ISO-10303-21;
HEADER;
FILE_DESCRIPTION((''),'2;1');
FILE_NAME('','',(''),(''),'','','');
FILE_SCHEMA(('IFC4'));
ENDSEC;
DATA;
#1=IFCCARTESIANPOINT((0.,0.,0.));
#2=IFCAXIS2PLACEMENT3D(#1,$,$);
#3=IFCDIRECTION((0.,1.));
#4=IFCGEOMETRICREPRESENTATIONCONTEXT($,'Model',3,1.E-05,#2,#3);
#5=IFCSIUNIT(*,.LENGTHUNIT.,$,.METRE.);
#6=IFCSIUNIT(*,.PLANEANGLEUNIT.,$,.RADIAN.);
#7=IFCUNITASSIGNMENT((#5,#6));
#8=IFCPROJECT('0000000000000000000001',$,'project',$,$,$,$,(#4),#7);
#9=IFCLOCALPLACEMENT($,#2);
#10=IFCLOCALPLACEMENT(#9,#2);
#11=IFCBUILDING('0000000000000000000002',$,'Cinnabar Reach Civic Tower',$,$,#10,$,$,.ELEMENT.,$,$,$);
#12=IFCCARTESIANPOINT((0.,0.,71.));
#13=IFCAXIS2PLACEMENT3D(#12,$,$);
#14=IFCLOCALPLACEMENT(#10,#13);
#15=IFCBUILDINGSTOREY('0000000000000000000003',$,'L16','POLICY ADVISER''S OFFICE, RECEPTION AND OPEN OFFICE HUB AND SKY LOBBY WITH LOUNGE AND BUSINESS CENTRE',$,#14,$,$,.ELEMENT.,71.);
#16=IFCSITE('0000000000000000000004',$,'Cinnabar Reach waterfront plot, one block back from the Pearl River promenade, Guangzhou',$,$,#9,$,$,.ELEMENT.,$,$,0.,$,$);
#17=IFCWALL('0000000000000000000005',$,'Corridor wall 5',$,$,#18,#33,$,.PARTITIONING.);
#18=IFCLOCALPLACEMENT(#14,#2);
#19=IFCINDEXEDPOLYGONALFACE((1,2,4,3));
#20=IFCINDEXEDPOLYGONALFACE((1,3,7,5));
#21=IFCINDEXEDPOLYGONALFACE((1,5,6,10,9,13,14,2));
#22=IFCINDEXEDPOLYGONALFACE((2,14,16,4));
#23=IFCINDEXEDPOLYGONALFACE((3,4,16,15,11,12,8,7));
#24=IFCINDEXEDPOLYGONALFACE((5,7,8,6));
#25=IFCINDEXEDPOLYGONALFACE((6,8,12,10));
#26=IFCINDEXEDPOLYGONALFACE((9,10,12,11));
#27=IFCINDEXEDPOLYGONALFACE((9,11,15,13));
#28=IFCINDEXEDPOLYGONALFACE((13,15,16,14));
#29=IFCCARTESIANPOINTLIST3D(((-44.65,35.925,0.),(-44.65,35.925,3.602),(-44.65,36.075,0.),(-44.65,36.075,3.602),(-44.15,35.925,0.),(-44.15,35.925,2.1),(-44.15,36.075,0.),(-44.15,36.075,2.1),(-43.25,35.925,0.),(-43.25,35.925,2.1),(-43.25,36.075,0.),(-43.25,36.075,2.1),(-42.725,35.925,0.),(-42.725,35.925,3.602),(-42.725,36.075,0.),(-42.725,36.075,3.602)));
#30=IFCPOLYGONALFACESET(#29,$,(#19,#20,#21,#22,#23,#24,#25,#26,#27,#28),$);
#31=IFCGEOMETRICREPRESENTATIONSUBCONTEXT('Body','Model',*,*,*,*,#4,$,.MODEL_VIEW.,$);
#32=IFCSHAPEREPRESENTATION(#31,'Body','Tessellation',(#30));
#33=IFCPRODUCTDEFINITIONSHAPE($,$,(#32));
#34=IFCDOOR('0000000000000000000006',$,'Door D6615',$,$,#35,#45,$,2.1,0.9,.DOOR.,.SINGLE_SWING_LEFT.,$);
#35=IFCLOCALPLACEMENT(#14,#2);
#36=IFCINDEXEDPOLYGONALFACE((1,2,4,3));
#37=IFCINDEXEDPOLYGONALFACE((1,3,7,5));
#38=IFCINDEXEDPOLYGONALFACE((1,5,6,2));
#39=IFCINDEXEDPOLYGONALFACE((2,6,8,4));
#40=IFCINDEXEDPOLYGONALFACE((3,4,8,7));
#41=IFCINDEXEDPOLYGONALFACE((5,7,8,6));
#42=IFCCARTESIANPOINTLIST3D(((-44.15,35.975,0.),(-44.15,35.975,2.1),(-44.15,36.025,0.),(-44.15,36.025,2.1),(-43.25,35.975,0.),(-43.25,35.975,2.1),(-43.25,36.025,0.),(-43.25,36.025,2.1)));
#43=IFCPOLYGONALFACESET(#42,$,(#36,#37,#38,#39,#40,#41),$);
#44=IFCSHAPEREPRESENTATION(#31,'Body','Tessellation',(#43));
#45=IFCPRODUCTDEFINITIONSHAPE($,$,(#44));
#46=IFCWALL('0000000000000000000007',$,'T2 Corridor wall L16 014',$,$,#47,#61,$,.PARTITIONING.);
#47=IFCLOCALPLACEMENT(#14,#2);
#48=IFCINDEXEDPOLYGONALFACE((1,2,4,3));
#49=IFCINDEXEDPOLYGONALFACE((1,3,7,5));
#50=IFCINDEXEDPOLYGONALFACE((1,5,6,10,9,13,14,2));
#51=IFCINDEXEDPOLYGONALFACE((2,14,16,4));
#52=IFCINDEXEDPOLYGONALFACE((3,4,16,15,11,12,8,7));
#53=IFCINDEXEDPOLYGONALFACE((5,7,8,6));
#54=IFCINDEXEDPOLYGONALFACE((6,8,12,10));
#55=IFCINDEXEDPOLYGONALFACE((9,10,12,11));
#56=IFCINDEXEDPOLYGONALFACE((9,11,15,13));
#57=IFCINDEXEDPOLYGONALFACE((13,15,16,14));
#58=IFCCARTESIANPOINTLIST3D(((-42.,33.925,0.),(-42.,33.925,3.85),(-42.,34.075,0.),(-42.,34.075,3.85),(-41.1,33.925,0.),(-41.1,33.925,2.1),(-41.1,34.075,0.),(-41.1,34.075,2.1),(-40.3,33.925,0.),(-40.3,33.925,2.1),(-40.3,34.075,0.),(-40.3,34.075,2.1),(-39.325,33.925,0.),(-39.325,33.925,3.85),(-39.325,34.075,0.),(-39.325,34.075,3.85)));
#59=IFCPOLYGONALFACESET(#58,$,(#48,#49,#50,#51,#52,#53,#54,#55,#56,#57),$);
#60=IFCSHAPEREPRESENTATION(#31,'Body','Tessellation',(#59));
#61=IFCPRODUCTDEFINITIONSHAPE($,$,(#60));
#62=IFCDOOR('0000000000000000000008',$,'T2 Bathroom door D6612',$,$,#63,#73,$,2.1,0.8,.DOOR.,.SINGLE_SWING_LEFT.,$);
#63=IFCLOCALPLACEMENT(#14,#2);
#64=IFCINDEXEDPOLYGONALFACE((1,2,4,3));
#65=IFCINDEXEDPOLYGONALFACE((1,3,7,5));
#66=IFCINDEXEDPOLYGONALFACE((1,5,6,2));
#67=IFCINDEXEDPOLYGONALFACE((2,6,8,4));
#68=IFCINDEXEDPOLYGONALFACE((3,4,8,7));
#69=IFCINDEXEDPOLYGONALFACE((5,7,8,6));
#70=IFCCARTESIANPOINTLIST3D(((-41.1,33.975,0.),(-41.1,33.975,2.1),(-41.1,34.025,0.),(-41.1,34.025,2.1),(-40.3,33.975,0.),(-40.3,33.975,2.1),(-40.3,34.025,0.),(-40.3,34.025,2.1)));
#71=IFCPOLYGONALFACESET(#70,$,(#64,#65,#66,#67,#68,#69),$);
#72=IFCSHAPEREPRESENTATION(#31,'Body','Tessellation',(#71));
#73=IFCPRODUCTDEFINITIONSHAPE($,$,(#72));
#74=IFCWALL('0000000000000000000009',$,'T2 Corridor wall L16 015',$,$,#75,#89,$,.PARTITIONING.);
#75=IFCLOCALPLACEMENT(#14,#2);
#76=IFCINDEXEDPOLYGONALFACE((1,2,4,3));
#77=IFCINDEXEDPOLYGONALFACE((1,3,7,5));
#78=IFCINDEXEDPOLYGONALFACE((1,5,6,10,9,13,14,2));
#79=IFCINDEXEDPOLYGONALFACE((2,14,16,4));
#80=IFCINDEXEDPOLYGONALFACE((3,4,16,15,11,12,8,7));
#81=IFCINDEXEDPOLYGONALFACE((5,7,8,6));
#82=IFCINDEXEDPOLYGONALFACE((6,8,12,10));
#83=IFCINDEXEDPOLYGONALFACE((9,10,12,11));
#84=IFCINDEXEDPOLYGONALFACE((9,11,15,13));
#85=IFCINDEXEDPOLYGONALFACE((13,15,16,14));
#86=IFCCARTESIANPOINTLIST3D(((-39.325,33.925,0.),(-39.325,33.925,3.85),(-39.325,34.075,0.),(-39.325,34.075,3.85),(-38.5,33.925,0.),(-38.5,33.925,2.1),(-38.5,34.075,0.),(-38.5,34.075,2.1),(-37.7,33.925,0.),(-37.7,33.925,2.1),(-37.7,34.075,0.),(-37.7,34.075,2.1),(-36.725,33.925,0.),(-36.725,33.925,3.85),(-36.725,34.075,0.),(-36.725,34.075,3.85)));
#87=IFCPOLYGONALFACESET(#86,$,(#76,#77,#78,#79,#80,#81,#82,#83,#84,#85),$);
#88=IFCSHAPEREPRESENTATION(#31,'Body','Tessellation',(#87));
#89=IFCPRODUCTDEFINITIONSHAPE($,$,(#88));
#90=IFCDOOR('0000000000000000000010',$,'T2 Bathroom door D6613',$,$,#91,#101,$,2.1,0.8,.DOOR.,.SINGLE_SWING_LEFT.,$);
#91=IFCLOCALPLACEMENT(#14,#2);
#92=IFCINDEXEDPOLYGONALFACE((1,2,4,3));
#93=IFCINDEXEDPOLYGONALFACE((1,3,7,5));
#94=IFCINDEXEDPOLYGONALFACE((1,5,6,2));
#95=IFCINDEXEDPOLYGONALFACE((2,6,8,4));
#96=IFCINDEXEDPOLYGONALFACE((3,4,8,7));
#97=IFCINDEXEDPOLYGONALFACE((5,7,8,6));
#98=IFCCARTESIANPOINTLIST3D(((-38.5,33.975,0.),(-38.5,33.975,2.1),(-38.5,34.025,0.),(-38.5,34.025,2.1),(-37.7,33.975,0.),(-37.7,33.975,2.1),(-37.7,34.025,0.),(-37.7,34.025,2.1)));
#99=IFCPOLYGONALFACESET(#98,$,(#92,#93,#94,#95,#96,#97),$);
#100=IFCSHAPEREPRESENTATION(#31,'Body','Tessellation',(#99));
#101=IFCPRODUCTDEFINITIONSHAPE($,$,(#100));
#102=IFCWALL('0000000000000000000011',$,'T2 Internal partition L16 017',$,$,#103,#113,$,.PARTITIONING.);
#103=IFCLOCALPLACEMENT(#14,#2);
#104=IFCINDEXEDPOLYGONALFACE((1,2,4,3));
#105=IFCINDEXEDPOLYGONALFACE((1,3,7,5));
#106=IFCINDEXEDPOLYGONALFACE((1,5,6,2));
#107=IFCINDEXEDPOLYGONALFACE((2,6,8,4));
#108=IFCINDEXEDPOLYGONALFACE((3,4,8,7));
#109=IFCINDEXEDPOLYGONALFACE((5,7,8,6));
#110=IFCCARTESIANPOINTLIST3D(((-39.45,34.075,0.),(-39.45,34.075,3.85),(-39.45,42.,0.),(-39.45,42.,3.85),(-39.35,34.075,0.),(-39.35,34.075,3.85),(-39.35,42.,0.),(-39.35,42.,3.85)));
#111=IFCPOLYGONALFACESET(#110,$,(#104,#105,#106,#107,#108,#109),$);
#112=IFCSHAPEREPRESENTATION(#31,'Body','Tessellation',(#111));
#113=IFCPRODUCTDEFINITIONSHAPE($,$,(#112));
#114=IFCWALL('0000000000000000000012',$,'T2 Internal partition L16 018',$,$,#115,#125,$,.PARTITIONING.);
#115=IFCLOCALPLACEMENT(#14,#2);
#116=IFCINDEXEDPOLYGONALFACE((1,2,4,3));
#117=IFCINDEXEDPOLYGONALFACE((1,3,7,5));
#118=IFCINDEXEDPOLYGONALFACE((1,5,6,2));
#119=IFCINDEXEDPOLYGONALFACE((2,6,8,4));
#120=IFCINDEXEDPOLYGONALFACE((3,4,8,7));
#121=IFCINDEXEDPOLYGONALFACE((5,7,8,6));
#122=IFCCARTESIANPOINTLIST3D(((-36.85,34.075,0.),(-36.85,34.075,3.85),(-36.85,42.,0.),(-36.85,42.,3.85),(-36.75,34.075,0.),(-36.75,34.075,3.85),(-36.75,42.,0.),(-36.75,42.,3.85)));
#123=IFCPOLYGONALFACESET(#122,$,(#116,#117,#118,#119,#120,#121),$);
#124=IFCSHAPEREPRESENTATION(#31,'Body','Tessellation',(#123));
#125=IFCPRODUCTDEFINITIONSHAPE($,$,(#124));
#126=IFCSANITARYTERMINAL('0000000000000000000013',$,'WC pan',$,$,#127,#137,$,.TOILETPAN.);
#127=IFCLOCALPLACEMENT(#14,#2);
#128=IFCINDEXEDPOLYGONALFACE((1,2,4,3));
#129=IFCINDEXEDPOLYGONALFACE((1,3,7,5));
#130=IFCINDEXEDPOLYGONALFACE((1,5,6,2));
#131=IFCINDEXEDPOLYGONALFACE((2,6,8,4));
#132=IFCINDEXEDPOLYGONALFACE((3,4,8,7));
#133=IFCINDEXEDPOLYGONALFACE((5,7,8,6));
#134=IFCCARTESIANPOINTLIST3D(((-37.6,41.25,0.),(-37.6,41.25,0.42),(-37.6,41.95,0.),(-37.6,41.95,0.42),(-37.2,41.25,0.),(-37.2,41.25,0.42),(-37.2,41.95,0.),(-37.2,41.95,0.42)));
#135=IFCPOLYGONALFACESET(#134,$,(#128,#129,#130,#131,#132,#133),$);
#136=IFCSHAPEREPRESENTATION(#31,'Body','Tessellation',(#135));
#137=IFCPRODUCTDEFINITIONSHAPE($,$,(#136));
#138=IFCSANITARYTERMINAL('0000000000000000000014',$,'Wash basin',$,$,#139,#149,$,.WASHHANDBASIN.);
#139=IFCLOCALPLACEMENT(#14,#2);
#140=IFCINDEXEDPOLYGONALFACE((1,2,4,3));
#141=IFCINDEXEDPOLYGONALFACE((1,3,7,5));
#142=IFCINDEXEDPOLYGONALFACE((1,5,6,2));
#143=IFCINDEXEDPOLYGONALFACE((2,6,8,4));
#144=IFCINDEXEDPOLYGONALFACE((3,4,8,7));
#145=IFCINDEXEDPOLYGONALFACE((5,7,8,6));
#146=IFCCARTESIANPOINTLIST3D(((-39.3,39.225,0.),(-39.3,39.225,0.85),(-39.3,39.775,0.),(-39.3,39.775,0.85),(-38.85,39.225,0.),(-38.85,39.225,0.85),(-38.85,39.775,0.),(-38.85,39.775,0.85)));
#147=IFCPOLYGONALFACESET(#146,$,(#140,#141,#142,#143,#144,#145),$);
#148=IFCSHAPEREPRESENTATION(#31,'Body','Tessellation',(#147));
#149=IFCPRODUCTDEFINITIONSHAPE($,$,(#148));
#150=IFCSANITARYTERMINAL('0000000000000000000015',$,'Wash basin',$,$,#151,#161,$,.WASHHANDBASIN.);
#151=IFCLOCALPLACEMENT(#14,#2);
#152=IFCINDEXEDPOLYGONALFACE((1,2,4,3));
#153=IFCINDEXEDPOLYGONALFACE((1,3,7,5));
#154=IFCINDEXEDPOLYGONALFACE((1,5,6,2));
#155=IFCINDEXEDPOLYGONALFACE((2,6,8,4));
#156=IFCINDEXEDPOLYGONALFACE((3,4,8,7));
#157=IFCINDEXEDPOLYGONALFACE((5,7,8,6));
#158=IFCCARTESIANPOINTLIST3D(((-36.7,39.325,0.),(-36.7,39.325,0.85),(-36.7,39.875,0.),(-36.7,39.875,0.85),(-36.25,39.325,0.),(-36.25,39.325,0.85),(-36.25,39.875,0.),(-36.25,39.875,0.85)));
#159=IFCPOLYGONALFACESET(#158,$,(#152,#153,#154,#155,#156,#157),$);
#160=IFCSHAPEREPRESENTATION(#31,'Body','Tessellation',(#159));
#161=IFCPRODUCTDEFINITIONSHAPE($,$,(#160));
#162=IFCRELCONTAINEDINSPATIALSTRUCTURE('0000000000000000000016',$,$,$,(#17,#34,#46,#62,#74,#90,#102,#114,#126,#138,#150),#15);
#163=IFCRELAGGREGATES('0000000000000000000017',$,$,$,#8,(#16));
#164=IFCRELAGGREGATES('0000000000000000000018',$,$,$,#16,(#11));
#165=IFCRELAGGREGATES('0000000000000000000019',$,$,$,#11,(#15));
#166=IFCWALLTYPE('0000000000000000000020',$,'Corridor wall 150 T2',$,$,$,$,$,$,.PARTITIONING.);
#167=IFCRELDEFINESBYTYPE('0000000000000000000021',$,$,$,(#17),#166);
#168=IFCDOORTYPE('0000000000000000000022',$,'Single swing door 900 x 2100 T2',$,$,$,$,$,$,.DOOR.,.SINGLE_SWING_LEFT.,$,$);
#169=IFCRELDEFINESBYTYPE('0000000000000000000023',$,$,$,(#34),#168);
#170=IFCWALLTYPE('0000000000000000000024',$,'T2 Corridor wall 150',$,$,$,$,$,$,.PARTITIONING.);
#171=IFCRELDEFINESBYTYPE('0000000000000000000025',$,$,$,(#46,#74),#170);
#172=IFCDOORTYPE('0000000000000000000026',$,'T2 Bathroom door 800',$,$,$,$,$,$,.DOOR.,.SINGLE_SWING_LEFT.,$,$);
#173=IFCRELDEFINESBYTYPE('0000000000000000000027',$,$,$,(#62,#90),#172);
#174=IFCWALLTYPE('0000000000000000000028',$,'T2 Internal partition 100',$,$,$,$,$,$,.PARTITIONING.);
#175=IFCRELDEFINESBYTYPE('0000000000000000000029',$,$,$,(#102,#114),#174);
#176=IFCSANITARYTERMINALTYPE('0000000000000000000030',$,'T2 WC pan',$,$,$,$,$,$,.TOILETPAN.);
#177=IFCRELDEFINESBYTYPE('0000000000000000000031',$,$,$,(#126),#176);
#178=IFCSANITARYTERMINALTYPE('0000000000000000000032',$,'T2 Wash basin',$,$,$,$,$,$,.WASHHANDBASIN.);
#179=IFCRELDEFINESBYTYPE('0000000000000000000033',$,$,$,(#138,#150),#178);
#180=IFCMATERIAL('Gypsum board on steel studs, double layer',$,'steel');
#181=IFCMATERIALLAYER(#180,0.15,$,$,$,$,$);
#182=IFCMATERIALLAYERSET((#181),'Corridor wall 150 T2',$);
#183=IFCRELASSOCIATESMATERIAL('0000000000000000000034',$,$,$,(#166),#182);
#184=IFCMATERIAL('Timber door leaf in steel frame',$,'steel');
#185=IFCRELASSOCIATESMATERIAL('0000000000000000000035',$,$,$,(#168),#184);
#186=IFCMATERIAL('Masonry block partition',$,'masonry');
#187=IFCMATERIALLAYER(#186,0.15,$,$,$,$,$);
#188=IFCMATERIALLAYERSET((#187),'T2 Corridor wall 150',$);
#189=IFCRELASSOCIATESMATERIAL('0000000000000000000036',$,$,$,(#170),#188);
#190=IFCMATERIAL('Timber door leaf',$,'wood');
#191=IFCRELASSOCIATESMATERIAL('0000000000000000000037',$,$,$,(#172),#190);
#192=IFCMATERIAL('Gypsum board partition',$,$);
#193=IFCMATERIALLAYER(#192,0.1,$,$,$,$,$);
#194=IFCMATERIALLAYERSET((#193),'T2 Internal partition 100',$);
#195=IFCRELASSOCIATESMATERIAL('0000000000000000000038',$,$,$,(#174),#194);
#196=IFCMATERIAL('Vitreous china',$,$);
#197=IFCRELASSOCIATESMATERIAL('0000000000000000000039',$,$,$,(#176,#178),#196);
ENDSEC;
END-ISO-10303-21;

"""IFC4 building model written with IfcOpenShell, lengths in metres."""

from ifc_helpers import new_model, si_unit, direction, frame, frame_2d, origin, origin_2d, place, context, subcontext, project, spatial, rectangle, extrude, material, layer, layer_set, type_object, element, fill, save


model = new_model("IFC4")

# Units and contexts
model_context = context("Model", 3, precision=1e-05, world=origin(), true_north=direction((0.0, 1.0)))
body_context = subcontext(model_context, "Body", "Model", "MODEL_VIEW")
ifc_project = project(units=[si_unit("LENGTHUNIT", "METRE"), si_unit("PLANEANGLEUNIT", "RADIAN")], contexts=[model_context])

# Site, building, storey
site_placement = place(None, origin())
site = spatial("IfcSite", under=ifc_project, at=site_placement, Name="Cinnabar Reach waterfront plot, one block back from the Pearl River promenade, Guangzhou", CompositionType="ELEMENT", RefElevation=0.0)
building_placement = place(site_placement, origin())
building = spatial("IfcBuilding", under=site, at=building_placement, Name="Cinnabar Reach Civic Tower", CompositionType="ELEMENT")
storey_placement = place(building_placement, frame((0.0, 0.0, 71.0)))
storey = spatial("IfcBuildingStorey", under=building, at=storey_placement, Name="L16", Description="POLICY ADVISER'S OFFICE, RECEPTION AND OPEN OFFICE HUB AND SKY LOBBY WITH LOUNGE AND BUSINESS CENTRE", CompositionType="ELEMENT", Elevation=71.0)

# Walls, openings, doors
ifc_material_1 = material(Name="Gypsum board on steel studs, double layer", Category="steel")
ifc_layer_1 = layer(ifc_material_1, 0.15)
ifc_layer_set_1 = layer_set([ifc_layer_1], Name="Corridor wall 150 T2")
wall_type_1 = type_object("IfcWallType", Name="Corridor wall 150 T2", PredefinedType="PARTITIONING", material=ifc_layer_set_1)
wall_1_placement = place(storey_placement, frame((-44.65, 36.0, 0.0), z_axis=(0.0, 0.0, 1.0), x_axis=(1.0, 0.0, 0.0)))
wall_1 = element("IfcWall", 1, at=wall_1_placement, inside=storey, type_object=wall_type_1, Name="Corridor wall 5", PredefinedType="PARTITIONING", context=body_context, shape_type="SweptSolid", body=[
    extrude(rectangle(XDim=1.925, YDim=0.15, at=frame_2d((0.9625, 0.0))), origin(), (0.0, 0.0, 1.0), 3.602),
])
opening_1_placement = place(wall_1_placement, frame((0.5, 0.0, 0.0)))
opening_1 = element("IfcOpeningElement", 2, at=opening_1_placement, cuts=wall_1, PredefinedType="OPENING", context=body_context, shape_type="SweptSolid", body=[
    extrude(rectangle(XDim=0.9, YDim=2.1, at=frame_2d((0.45, 1.05))), frame((0.0, 0.085, 0.0), z_axis=(0.0, -1.0, 0.0), x_axis=(1.0, 0.0, 0.0)), (0.0, 0.0, 1.0), 0.17),
])
ifc_material_2 = material(Name="Timber door leaf in steel frame", Category="steel")
door_type_1 = type_object("IfcDoorType", Name="Single swing door 900 x 2100 T2", OperationType="SINGLE_SWING_LEFT", PredefinedType="DOOR", material=ifc_material_2)
door_1_placement = place(opening_1_placement, origin())
door_1 = element("IfcDoor", 3, at=door_1_placement, inside=storey, type_object=door_type_1, Name="Door D6615", OperationType="SINGLE_SWING_LEFT", OverallHeight=2.1, OverallWidth=0.9, PredefinedType="DOOR", context=body_context, shape_type="SweptSolid", body=[
    extrude(rectangle(XDim=0.9, YDim=2.1, at=frame_2d((0.45, 1.05))), frame((0.0, 0.025, 0.0), z_axis=(0.0, -1.0, 0.0), x_axis=(1.0, 0.0, 0.0)), (0.0, 0.0, 1.0), 0.05),
])
fill(opening_1, door_1)
ifc_material_3 = material(Name="Masonry block partition", Category="masonry")
ifc_layer_2 = layer(ifc_material_3, 0.15)
ifc_layer_set_2 = layer_set([ifc_layer_2], Name="T2 Corridor wall 150")
wall_type_2 = type_object("IfcWallType", Name="T2 Corridor wall 150", PredefinedType="PARTITIONING", material=ifc_layer_set_2)
wall_2_placement = place(storey_placement, frame((-39.325, 34.0, 0.0), z_axis=(0.0, 0.0, 1.0), x_axis=(-1.0, 0.0, 0.0)))
wall_2 = element("IfcWall", 4, at=wall_2_placement, inside=storey, type_object=wall_type_2, Name="T2 Corridor wall L16 014", PredefinedType="PARTITIONING", context=body_context, shape_type="SweptSolid", body=[
    extrude(rectangle(XDim=2.675, YDim=0.15, at=frame_2d((1.3375, 0.0))), origin(), (0.0, 0.0, 1.0), 3.85),
])
opening_2_placement = place(wall_2_placement, frame((0.975, 0.0, 0.0)))
opening_2 = element("IfcOpeningElement", 5, at=opening_2_placement, cuts=wall_2, PredefinedType="OPENING", context=body_context, shape_type="SweptSolid", body=[
    extrude(rectangle(XDim=0.8, YDim=2.1, at=frame_2d((0.4, 1.05))), frame((0.0, 0.085, 0.0), z_axis=(0.0, -1.0, 0.0), x_axis=(1.0, 0.0, 0.0)), (0.0, 0.0, 1.0), 0.17),
])
ifc_material_4 = material(Name="Timber door leaf", Category="wood")
door_type_2 = type_object("IfcDoorType", Name="T2 Bathroom door 800", OperationType="SINGLE_SWING_LEFT", PredefinedType="DOOR", material=ifc_material_4)
door_2_placement = place(opening_2_placement, frame((0.8, 0.0, 0.0), z_axis=(0.0, 0.0, 1.0), x_axis=(-1.0, 0.0, 0.0)))
door_2 = element("IfcDoor", 6, at=door_2_placement, inside=storey, type_object=door_type_2, Name="T2 Bathroom door D6612", OperationType="SINGLE_SWING_LEFT", OverallHeight=2.1, OverallWidth=0.8, PredefinedType="DOOR", context=body_context, shape_type="SweptSolid", body=[
    extrude(rectangle(XDim=0.8, YDim=2.1, at=frame_2d((0.4, 1.05))), frame((0.0, 0.025, 0.0), z_axis=(0.0, -1.0, 0.0), x_axis=(1.0, 0.0, 0.0)), (0.0, 0.0, 1.0), 0.05),
])
fill(opening_2, door_2)
wall_3_placement = place(storey_placement, frame((-36.725, 34.0, 0.0), z_axis=(0.0, 0.0, 1.0), x_axis=(-1.0, 0.0, 0.0)))
wall_3 = element("IfcWall", 7, at=wall_3_placement, inside=storey, type_object=wall_type_2, Name="T2 Corridor wall L16 015", PredefinedType="PARTITIONING", context=body_context, shape_type="SweptSolid", body=[
    extrude(rectangle(XDim=2.6, YDim=0.15, at=frame_2d((1.3, 0.0))), origin(), (0.0, 0.0, 1.0), 3.85),
])
opening_3_placement = place(wall_3_placement, frame((0.975, 0.0, 0.0)))
opening_3 = element("IfcOpeningElement", 8, at=opening_3_placement, cuts=wall_3, PredefinedType="OPENING", context=body_context, shape_type="SweptSolid", body=[
    extrude(rectangle(XDim=0.8, YDim=2.1, at=frame_2d((0.4, 1.05))), frame((0.0, 0.085, 0.0), z_axis=(0.0, -1.0, 0.0), x_axis=(1.0, 0.0, 0.0)), (0.0, 0.0, 1.0), 0.17),
])
door_3_placement = place(opening_3_placement, frame((0.8, 0.0, 0.0), z_axis=(0.0, 0.0, 1.0), x_axis=(-1.0, 0.0, 0.0)))
door_3 = element("IfcDoor", 9, at=door_3_placement, inside=storey, type_object=door_type_2, Name="T2 Bathroom door D6613", OperationType="SINGLE_SWING_LEFT", OverallHeight=2.1, OverallWidth=0.8, PredefinedType="DOOR", context=body_context, shape_type="SweptSolid", body=[
    extrude(rectangle(XDim=0.8, YDim=2.1, at=frame_2d((0.4, 1.05))), frame((0.0, 0.025, 0.0), z_axis=(0.0, -1.0, 0.0), x_axis=(1.0, 0.0, 0.0)), (0.0, 0.0, 1.0), 0.05),
])
fill(opening_3, door_3)

# Walls
ifc_material_5 = material(Name="Gypsum board partition")
ifc_layer_3 = layer(ifc_material_5, 0.1)
ifc_layer_set_3 = layer_set([ifc_layer_3], Name="T2 Internal partition 100")
wall_type_3 = type_object("IfcWallType", Name="T2 Internal partition 100", PredefinedType="PARTITIONING", material=ifc_layer_set_3)
for number, where, z_axis, x_axis, name in (
    (10, (-39.4, 34.075, 0.0), (0.0, 0.0, 1.0), (0.0, 1.0, 0.0), "T2 Internal partition L16 017"),
    (11, (-36.8, 34.075, 0.0), (0.0, 0.0, 1.0), (0.0, 1.0, 0.0), "T2 Internal partition L16 018"),
):
    element("IfcWall", number, at=place(storey_placement, frame(where, z_axis=z_axis, x_axis=x_axis)), inside=storey, type_object=wall_type_3, Name=name, PredefinedType="PARTITIONING", context=body_context, shape_type="SweptSolid", body=[
        extrude(rectangle(XDim=7.925, YDim=0.1, at=frame_2d((3.9625, 0.0))), origin(), (0.0, 0.0, 1.0), 3.85),
    ])

# Sanitary terminals
ifc_material_6 = material(Name="Vitreous china")
sanitary_terminal_type_1 = type_object("IfcSanitaryTerminalType", Name="T2 WC pan", PredefinedType="TOILETPAN", material=ifc_material_6)
sanitary_terminal_placement = place(storey_placement, frame((-37.4, 41.6, 0.0), z_axis=(0.0, 0.0, 1.0), x_axis=(1.0, 0.0, 0.0)))
element("IfcSanitaryTerminal", 12, at=sanitary_terminal_placement, inside=storey, type_object=sanitary_terminal_type_1, Name="WC pan", PredefinedType="TOILETPAN", context=body_context, shape_type="SweptSolid", body=[
    extrude(rectangle(XDim=0.4, YDim=0.7, at=origin_2d()), origin(), (0.0, 0.0, 1.0), 0.42),
])
sanitary_terminal_type_2 = type_object("IfcSanitaryTerminalType", Name="T2 Wash basin", PredefinedType="WASHHANDBASIN", material=ifc_material_6)
for number, where, z_axis, x_axis, name in (
    (13, (-39.075, 39.5, 0.0), (0.0, 0.0, 1.0), (1.0, 0.0, 0.0), "Wash basin"),
    (14, (-36.475, 39.6, 0.0), (0.0, 0.0, 1.0), (1.0, 0.0, 0.0), "Wash basin"),
):
    element("IfcSanitaryTerminal", number, at=place(storey_placement, frame(where, z_axis=z_axis, x_axis=x_axis)), inside=storey, type_object=sanitary_terminal_type_2, Name=name, PredefinedType="WASHHANDBASIN", context=body_context, shape_type="SweptSolid", body=[
        extrude(rectangle(XDim=0.45, YDim=0.55, at=origin_2d()), origin(), (0.0, 0.0, 1.0), 0.85),
    ])

save(model, "model.ifc")
